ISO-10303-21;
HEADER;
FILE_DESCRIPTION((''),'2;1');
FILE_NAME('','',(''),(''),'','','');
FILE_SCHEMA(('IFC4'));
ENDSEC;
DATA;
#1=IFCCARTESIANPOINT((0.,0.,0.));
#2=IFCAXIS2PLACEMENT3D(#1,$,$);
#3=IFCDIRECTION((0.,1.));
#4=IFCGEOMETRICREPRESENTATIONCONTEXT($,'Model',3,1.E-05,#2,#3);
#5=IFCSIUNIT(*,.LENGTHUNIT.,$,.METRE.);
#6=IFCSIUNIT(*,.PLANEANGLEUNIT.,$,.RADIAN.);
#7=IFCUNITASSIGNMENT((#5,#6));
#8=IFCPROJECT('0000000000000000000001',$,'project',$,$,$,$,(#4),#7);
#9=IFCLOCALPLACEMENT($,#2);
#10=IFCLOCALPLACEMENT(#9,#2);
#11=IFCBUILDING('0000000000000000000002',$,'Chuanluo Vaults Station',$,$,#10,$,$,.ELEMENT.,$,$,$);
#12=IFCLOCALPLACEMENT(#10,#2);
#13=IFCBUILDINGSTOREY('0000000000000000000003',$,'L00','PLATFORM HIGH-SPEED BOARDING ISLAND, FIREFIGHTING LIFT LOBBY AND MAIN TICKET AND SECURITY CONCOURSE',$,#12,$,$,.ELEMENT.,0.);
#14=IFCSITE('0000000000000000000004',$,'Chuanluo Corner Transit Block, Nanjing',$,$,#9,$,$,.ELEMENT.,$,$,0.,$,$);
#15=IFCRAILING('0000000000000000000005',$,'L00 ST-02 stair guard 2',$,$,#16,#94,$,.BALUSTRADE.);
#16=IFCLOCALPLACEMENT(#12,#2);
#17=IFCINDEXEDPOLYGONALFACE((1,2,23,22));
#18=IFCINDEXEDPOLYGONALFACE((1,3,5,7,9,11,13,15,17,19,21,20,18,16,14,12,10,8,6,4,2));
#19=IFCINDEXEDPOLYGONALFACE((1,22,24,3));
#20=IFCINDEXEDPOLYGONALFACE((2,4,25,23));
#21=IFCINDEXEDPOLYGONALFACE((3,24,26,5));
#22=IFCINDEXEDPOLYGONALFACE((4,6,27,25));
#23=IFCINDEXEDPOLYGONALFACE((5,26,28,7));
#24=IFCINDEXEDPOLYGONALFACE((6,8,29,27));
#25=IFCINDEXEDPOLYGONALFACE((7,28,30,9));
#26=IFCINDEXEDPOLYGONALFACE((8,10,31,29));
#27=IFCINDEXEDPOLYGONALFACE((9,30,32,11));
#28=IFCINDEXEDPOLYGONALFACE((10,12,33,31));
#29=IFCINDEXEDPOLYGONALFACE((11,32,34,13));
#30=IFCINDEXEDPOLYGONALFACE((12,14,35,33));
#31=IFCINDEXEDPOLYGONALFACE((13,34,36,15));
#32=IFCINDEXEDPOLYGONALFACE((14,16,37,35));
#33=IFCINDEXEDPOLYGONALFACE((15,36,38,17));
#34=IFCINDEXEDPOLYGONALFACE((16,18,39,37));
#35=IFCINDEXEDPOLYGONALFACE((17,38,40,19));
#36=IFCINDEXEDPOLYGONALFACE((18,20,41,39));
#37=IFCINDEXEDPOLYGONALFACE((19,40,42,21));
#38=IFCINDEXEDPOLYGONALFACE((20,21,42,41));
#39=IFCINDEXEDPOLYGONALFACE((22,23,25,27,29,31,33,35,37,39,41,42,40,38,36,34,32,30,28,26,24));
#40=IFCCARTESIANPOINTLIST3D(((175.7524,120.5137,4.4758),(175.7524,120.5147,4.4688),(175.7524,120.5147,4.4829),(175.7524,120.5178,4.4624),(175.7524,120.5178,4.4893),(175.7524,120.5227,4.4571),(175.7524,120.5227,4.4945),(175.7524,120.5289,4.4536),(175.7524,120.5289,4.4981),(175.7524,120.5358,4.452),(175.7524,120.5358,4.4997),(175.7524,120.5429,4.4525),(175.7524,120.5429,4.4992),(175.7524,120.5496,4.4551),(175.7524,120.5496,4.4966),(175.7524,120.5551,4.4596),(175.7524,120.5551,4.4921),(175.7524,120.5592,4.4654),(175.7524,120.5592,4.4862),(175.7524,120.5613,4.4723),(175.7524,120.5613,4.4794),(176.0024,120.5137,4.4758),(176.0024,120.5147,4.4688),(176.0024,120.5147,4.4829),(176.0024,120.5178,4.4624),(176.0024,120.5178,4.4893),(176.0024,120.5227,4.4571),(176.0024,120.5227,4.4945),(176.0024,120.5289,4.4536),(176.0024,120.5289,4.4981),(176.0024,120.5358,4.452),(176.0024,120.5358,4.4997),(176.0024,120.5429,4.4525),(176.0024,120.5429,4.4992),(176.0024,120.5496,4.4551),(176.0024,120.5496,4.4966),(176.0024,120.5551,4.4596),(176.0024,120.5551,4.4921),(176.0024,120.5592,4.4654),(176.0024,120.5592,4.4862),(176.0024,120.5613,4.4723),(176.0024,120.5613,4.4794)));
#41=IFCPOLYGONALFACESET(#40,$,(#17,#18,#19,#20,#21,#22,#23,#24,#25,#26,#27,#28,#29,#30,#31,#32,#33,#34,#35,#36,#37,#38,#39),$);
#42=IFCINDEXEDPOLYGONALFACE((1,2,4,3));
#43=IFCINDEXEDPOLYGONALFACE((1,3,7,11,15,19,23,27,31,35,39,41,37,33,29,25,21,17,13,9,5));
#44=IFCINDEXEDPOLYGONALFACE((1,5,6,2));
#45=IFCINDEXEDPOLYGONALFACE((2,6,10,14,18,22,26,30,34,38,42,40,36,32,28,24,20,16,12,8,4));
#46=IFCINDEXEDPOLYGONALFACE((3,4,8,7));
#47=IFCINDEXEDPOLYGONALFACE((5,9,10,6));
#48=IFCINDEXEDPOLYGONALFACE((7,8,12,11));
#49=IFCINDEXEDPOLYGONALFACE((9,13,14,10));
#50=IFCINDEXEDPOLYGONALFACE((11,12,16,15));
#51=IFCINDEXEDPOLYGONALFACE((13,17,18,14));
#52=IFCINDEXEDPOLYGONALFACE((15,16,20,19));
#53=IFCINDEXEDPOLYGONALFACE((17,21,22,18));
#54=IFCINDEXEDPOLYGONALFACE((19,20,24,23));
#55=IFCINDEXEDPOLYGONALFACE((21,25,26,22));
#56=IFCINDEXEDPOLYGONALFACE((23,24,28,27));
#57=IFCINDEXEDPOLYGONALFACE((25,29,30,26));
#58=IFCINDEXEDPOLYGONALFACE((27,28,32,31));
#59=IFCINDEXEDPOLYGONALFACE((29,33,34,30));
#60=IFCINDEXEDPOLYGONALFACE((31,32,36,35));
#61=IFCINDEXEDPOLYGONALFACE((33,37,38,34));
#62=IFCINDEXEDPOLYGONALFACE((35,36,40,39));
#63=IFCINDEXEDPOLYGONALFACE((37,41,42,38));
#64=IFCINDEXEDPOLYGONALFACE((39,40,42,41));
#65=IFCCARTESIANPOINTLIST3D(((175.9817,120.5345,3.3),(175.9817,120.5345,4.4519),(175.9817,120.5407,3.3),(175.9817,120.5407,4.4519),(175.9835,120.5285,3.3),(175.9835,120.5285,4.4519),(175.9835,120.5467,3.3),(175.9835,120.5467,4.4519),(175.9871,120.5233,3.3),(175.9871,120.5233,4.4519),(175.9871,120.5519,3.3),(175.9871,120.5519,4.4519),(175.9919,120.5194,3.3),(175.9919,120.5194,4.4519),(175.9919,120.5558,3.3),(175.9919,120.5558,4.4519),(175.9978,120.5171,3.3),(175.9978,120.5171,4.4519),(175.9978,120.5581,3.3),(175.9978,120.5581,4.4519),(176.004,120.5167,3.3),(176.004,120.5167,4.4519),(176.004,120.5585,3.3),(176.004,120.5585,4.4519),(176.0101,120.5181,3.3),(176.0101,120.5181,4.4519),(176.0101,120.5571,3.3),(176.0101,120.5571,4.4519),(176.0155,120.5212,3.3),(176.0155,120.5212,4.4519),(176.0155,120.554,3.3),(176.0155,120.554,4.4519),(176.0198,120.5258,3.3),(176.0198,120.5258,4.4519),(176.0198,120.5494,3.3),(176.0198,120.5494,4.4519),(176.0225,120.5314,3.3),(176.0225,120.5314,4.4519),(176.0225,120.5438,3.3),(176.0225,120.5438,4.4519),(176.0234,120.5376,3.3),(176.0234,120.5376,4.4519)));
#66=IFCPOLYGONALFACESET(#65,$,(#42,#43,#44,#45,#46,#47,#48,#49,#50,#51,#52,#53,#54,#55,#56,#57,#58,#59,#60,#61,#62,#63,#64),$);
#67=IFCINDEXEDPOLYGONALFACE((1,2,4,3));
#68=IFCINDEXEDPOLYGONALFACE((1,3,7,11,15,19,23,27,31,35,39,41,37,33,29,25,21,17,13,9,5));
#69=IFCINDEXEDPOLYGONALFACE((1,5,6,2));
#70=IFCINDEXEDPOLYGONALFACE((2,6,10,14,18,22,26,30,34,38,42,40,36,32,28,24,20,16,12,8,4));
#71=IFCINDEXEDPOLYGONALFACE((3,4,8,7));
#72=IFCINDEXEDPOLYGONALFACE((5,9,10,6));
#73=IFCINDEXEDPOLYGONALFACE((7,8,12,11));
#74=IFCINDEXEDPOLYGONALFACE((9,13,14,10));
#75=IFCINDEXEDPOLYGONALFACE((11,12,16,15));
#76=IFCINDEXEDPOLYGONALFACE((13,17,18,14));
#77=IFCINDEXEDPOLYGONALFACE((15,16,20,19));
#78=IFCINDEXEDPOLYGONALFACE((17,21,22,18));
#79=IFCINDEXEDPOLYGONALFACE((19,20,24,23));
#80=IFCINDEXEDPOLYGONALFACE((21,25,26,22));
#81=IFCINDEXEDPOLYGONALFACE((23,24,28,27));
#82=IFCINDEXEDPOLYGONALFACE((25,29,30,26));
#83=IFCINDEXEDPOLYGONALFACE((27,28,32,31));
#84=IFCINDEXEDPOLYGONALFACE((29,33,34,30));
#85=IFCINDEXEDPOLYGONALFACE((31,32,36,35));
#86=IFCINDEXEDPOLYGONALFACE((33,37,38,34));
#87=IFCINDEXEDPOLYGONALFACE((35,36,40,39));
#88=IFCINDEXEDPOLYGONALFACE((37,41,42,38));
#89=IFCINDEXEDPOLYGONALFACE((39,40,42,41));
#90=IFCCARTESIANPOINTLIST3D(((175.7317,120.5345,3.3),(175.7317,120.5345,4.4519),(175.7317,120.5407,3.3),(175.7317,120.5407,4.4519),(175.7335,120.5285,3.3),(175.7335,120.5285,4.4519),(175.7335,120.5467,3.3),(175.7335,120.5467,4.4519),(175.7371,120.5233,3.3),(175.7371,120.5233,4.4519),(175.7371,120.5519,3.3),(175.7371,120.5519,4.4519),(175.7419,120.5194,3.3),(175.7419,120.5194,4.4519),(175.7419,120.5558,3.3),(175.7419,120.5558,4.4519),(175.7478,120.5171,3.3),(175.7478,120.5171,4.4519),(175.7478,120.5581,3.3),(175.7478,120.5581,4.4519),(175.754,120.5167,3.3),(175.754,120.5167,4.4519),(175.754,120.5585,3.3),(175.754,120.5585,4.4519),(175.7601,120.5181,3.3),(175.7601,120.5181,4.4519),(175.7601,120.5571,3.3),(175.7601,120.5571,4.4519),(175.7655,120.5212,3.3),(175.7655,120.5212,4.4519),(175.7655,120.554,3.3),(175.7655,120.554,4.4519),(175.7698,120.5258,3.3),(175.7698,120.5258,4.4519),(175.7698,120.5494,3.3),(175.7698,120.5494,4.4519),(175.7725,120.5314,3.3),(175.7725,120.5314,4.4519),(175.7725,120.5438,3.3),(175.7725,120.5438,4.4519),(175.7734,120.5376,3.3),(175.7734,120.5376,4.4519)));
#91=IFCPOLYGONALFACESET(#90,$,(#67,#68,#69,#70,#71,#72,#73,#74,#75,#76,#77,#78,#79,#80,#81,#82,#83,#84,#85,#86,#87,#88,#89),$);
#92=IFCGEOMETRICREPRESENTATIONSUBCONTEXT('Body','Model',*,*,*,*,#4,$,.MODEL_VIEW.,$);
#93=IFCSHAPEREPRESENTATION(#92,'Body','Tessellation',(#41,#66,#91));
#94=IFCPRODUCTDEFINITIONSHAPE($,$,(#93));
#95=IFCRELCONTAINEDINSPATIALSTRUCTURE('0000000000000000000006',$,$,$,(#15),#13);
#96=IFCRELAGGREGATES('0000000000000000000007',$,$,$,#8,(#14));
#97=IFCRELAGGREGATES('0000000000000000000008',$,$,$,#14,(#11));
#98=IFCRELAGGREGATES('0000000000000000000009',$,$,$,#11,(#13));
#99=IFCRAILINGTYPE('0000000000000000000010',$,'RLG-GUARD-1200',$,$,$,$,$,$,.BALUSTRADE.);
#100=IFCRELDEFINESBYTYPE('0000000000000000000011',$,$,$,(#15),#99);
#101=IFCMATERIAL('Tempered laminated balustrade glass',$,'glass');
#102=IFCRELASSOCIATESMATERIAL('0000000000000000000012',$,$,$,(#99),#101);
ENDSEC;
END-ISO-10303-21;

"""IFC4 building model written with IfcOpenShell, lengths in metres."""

from ifc_helpers import new_model, si_unit, direction, frame, origin, origin_2d, place, context, subcontext, project, spatial, circle, extrude, material, type_object, element, save


model = new_model("IFC4")

# Units and contexts
model_context = context("Model", 3, precision=1e-05, world=origin(), true_north=direction((0.0, 1.0)))
body_context = subcontext(model_context, "Body", "Model", "MODEL_VIEW")
ifc_project = project(units=[si_unit("LENGTHUNIT", "METRE"), si_unit("PLANEANGLEUNIT", "RADIAN")], contexts=[model_context])

# Site, building, storey
site_placement = place(None, origin())
site = spatial("IfcSite", under=ifc_project, at=site_placement, Name="Chuanluo Corner Transit Block, Nanjing", CompositionType="ELEMENT", RefElevation=0.0)
building_placement = place(site_placement, origin())
building = spatial("IfcBuilding", under=site, at=building_placement, Name="Chuanluo Vaults Station", CompositionType="ELEMENT")
storey_placement = place(building_placement, origin())
storey = spatial("IfcBuildingStorey", under=building, at=storey_placement, Name="L00", Description="PLATFORM HIGH-SPEED BOARDING ISLAND, FIREFIGHTING LIFT LOBBY AND MAIN TICKET AND SECURITY CONCOURSE", CompositionType="ELEMENT", Elevation=0.0)

# Railing
ifc_material_1 = material(Name="Tempered laminated balustrade glass", Category="glass")
railing_type_1 = type_object("IfcRailingType", Name="RLG-GUARD-1200", PredefinedType="BALUSTRADE", material=ifc_material_1)
railing_1_placement = place(storey_placement, frame((176.0024, 120.5376, 3.3)))
element("IfcRailing", 1, at=railing_1_placement, inside=storey, type_object=railing_type_1, Name="L00 ST-02 stair guard 2", PredefinedType="BALUSTRADE", context=body_context, shape_type="SweptSolid", body=[
    extrude(circle(Radius=0.0239, at=origin_2d()), frame((0.0, 0.0, 1.1758), z_axis=(-1.0, 0.0, 0.0), x_axis=(0.0, -1.0, 0.0)), (0.0, 0.0, 1.0), 0.25),
    extrude(circle(Radius=0.021, at=origin_2d()), origin(), (0.0, 0.0, 1.0), 1.1519),
    extrude(circle(Radius=0.021, at=origin_2d()), frame((-0.25, 0.0, 0.0)), (0.0, 0.0, 1.0), 1.1519),
])

save(model, "model.ifc")
